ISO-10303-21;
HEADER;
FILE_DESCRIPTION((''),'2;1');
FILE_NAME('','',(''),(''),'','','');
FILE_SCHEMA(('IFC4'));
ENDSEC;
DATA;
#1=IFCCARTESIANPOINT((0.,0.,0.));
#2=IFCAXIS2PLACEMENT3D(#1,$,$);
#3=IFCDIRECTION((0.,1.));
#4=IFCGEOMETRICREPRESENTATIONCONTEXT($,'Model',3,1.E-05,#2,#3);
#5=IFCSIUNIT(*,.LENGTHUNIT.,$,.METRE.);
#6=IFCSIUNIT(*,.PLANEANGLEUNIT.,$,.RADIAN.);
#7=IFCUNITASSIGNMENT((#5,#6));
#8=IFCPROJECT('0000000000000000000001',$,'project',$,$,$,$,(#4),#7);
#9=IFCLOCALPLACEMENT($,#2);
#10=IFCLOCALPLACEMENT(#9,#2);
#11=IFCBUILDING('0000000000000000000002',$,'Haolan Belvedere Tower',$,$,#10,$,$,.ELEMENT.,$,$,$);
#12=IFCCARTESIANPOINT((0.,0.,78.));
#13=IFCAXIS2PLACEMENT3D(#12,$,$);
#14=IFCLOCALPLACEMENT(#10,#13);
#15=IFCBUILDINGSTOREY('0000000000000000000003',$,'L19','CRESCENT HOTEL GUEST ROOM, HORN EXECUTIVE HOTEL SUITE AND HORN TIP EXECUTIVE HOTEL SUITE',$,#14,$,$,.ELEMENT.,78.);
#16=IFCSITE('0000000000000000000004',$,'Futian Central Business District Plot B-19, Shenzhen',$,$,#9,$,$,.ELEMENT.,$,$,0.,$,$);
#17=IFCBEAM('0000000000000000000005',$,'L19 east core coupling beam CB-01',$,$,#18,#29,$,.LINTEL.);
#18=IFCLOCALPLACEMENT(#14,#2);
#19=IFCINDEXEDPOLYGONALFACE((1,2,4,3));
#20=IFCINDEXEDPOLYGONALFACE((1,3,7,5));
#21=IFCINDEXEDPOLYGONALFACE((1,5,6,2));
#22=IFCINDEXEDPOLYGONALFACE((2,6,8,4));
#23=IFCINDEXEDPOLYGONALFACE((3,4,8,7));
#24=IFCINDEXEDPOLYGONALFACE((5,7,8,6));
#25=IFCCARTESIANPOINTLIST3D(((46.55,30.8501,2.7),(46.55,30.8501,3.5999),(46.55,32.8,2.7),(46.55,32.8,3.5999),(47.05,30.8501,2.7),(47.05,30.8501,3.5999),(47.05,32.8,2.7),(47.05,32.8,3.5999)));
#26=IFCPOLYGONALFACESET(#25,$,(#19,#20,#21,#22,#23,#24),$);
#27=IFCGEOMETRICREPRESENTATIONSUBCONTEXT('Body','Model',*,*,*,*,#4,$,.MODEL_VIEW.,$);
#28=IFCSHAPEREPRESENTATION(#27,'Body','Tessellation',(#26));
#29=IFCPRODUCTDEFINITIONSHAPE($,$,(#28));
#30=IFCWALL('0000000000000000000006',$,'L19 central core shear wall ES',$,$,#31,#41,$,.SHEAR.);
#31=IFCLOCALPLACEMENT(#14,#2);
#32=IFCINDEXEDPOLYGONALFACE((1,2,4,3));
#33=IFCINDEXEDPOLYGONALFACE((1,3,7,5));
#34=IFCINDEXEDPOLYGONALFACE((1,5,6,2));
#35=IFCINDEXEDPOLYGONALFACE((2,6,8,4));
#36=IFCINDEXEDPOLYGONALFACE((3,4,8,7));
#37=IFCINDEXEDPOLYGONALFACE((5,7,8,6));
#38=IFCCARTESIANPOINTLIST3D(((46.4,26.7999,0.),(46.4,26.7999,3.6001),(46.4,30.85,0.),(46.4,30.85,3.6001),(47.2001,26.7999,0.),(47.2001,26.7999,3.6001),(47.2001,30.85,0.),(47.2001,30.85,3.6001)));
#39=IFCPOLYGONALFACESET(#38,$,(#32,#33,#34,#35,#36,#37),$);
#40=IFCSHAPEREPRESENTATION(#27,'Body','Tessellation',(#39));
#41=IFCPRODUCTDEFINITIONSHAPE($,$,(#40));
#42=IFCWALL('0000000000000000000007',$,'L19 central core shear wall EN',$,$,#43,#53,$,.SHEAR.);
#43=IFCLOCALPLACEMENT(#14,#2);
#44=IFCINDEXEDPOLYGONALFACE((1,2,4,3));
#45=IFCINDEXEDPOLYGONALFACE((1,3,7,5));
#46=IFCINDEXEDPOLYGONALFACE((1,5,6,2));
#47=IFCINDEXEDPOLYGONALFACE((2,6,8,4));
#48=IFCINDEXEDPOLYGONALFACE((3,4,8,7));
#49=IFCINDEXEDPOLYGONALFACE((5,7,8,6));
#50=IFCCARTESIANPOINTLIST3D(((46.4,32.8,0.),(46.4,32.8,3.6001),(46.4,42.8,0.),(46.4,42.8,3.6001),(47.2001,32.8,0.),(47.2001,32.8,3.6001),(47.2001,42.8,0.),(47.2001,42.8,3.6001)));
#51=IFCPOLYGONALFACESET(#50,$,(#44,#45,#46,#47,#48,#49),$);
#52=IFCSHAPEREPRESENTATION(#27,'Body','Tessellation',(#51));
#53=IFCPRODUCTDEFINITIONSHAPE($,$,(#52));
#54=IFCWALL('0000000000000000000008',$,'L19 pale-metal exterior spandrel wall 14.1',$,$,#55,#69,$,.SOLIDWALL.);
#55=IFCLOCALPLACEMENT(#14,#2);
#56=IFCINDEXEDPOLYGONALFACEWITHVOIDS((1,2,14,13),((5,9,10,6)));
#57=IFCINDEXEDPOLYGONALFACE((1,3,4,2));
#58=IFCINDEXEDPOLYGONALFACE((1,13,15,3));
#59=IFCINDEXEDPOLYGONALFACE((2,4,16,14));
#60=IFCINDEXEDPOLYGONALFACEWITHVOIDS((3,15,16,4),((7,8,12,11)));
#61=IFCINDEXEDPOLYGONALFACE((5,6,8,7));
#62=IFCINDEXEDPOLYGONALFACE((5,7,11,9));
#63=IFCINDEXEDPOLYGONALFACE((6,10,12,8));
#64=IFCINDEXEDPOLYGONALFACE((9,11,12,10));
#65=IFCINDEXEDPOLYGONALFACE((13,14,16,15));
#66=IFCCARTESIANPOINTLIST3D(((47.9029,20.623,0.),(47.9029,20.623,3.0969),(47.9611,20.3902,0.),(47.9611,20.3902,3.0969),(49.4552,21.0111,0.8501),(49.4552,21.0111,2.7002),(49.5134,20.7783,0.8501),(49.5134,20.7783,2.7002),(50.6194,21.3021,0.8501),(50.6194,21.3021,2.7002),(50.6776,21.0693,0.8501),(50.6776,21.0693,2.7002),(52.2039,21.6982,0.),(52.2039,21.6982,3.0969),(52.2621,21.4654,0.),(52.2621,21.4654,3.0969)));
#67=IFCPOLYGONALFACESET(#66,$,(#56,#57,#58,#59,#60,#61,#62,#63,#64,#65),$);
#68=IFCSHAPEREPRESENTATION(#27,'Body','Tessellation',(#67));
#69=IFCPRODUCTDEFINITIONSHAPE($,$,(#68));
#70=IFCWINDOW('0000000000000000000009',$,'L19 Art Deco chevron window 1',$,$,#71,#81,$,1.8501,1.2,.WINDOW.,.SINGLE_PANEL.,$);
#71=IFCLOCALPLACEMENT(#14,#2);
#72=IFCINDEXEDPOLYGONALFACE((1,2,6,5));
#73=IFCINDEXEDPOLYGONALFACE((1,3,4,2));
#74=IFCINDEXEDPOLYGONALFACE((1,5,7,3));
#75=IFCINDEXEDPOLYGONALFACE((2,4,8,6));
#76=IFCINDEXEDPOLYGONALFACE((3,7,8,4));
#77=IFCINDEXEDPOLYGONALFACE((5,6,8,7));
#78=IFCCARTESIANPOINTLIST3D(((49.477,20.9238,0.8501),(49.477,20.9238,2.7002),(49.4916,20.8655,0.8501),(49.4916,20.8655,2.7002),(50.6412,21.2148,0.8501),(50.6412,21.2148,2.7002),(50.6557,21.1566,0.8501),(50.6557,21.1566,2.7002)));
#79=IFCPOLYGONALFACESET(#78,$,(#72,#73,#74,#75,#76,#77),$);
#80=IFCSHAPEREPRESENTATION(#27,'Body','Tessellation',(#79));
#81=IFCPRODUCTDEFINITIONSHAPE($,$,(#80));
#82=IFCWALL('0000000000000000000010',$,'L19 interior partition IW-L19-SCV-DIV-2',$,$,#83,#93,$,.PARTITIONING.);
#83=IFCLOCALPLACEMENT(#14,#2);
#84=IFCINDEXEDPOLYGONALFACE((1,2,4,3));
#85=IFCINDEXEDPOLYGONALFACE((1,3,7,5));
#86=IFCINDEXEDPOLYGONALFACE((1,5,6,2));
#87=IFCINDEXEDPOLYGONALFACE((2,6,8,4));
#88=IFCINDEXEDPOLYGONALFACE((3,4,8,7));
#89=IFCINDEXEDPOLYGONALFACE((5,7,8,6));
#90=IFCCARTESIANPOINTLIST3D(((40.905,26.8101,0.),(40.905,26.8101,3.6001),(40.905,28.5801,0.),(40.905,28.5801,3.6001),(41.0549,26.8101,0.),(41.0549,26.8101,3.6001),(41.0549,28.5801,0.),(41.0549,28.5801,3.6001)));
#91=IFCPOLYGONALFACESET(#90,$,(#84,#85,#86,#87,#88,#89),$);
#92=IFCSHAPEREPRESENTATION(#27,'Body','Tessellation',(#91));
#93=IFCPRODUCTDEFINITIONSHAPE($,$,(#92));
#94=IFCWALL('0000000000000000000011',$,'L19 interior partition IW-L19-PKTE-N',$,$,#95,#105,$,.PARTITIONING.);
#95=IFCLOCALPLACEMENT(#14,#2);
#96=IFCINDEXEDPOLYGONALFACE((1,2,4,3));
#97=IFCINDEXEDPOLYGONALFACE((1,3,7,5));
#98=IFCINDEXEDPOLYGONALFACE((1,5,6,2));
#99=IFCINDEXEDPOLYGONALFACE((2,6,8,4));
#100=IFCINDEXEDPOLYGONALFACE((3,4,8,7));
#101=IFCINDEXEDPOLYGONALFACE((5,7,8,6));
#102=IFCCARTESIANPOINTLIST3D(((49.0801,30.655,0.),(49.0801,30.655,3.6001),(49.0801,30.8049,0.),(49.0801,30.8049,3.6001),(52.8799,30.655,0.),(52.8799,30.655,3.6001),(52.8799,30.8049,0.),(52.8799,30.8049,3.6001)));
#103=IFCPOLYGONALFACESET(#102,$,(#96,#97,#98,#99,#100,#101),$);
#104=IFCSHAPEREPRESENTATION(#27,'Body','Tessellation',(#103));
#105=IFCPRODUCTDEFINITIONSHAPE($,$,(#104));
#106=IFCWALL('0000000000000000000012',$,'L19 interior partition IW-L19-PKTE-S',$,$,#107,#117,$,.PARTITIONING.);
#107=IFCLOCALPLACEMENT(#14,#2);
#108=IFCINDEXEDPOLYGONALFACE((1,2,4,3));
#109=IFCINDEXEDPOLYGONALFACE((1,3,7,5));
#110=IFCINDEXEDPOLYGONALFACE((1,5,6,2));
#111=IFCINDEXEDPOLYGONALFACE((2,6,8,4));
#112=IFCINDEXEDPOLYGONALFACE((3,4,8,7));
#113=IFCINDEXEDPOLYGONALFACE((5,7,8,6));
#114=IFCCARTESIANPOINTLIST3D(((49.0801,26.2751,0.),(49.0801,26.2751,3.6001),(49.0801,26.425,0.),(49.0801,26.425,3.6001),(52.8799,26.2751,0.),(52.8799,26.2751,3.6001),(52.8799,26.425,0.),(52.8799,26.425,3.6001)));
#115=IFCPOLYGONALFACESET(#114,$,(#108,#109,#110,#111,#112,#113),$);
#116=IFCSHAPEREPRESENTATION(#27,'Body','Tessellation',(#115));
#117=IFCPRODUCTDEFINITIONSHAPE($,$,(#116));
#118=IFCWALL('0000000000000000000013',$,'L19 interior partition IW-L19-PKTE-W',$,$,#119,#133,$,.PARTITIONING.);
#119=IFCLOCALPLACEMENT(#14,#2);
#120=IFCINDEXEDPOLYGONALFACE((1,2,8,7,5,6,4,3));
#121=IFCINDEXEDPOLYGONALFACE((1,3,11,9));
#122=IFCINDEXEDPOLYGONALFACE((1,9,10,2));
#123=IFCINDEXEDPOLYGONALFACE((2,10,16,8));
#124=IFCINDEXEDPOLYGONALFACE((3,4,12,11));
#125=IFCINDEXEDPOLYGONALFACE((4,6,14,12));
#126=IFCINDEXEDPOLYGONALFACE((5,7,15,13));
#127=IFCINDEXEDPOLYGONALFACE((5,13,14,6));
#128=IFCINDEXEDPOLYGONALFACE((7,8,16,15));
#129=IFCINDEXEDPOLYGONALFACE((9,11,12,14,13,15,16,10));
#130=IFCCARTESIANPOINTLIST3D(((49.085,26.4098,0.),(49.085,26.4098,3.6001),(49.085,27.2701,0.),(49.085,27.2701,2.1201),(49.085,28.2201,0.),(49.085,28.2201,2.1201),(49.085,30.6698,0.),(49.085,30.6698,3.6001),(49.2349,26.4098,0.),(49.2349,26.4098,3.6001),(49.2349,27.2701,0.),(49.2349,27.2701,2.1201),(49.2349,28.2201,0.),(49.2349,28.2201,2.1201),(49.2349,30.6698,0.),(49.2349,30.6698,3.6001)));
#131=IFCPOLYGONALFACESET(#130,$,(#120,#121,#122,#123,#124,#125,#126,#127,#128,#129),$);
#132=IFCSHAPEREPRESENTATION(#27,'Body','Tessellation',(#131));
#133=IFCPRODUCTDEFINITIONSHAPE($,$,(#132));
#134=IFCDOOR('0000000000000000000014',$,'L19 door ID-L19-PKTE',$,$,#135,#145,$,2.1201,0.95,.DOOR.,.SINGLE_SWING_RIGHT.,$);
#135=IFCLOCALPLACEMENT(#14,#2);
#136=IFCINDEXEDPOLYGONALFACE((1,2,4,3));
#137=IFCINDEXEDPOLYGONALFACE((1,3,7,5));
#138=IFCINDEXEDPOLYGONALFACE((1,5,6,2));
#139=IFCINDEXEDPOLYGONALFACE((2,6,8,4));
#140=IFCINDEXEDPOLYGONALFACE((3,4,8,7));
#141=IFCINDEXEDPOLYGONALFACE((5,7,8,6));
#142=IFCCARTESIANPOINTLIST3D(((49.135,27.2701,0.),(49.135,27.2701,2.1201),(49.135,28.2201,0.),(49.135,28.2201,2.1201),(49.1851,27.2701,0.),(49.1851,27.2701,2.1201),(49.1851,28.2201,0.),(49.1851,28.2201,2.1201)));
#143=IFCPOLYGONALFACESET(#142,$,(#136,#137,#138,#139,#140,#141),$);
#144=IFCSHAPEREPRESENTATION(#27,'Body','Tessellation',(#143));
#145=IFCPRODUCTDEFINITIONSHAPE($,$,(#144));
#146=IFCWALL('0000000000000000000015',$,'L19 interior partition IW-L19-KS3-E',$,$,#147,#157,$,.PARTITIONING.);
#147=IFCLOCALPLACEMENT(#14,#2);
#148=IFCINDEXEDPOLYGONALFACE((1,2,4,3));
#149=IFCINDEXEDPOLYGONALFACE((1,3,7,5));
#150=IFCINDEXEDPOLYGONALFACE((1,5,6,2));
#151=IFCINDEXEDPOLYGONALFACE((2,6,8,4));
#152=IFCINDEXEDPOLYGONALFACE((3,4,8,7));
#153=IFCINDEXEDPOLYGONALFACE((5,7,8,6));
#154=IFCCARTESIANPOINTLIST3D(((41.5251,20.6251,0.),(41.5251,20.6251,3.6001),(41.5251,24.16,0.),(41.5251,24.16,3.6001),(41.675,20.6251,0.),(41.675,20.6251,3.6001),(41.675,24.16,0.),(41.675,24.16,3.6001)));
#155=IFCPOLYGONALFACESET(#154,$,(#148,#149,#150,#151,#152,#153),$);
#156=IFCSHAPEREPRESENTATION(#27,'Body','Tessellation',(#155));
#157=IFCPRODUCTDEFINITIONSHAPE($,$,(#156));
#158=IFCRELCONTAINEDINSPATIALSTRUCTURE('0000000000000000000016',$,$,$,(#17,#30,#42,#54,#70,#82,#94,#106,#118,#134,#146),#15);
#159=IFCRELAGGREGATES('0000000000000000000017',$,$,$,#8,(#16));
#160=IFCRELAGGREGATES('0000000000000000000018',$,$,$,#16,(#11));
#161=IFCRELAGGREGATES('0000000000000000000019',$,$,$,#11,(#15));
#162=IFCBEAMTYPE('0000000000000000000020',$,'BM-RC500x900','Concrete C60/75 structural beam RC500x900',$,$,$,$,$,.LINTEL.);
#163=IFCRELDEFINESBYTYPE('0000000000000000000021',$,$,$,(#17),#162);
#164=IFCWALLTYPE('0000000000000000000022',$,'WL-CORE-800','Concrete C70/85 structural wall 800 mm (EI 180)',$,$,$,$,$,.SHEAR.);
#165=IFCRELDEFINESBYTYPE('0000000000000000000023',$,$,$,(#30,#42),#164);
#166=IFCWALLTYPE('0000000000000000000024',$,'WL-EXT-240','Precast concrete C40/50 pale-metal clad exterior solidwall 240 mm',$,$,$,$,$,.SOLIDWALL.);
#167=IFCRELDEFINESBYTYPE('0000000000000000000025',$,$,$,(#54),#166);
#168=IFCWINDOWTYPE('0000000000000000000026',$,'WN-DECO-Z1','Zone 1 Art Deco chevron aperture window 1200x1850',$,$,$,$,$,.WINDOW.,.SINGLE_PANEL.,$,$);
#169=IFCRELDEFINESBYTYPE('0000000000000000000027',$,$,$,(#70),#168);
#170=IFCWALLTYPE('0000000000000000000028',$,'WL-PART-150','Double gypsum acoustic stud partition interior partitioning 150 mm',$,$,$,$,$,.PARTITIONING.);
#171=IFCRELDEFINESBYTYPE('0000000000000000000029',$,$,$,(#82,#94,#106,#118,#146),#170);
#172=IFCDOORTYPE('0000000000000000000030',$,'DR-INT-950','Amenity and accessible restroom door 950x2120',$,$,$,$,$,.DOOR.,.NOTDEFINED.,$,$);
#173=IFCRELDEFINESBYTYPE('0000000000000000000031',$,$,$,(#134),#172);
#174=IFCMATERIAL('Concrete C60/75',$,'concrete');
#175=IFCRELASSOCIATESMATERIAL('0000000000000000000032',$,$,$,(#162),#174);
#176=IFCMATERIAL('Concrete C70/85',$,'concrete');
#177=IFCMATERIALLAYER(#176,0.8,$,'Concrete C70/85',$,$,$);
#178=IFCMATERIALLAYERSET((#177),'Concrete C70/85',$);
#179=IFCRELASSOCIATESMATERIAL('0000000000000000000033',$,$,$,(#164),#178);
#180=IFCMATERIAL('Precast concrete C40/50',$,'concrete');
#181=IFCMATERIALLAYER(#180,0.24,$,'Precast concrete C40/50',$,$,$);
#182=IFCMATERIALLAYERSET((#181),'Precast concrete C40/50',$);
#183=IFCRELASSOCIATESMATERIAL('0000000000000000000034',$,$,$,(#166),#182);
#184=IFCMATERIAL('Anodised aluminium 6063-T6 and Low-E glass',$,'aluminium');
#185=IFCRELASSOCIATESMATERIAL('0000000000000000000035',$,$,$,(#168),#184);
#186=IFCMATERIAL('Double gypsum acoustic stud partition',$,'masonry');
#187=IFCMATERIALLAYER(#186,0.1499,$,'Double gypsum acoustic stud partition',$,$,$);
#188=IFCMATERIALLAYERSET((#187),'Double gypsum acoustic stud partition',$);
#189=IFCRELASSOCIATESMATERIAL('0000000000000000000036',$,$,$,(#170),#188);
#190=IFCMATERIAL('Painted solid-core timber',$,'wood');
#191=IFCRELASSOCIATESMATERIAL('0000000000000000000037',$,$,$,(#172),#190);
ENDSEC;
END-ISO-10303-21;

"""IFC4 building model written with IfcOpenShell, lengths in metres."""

from ifc_helpers import new_model, si_unit, direction, frame, frame_2d, origin, origin_2d, place, context, subcontext, project, spatial, rectangle, extrude, material, layer, layer_set, material_profile, profile_set, type_object, element, fill, save


model = new_model("IFC4")

# Units and contexts
model_context = context("Model", 3, precision=1e-05, world=origin(), true_north=direction((0.0, 1.0)))
body_context = subcontext(model_context, "Body", "Model", "MODEL_VIEW")
ifc_project = project(units=[si_unit("LENGTHUNIT", "METRE"), si_unit("PLANEANGLEUNIT", "RADIAN")], contexts=[model_context])

# Site, building, storey
site_placement = place(None, origin())
site = spatial("IfcSite", under=ifc_project, at=site_placement, Name="Futian Central Business District Plot B-19, Shenzhen", CompositionType="ELEMENT", RefElevation=0.0)
building_placement = place(site_placement, origin())
building = spatial("IfcBuilding", under=site, at=building_placement, Name="Haolan Belvedere Tower", CompositionType="ELEMENT")
storey_placement = place(building_placement, frame((0.0, 0.0, 78.0)))
storey = spatial("IfcBuildingStorey", under=building, at=storey_placement, Name="L19", Description="CRESCENT HOTEL GUEST ROOM, HORN EXECUTIVE HOTEL SUITE AND HORN TIP EXECUTIVE HOTEL SUITE", CompositionType="ELEMENT", Elevation=78.0)

# Beam
ifc_material_1 = material(Name="Concrete C60/75", Category="concrete")
ifc_material_profile_1 = material_profile(ifc_material_1, rectangle(XDim=0.5, YDim=0.8999, at=origin_2d()), Name="Concrete C60/75")
ifc_profile_set_1 = profile_set([ifc_material_profile_1], Name="Concrete C60/75")
beam_type_1 = type_object("IfcBeamType", Name="BM-RC500x900", Description="Concrete C60/75 structural beam RC500x900", PredefinedType="LINTEL", material=ifc_profile_set_1)
beam_1_placement = place(storey_placement, frame((46.8, 30.8501, 3.1499), z_axis=(0.0, 1.0, 0.0), x_axis=(-1.0, 0.0, 0.0)))
element("IfcBeam", 1, at=beam_1_placement, inside=storey, type_object=beam_type_1, Name="L19 east core coupling beam CB-01", PredefinedType="LINTEL", context=body_context, shape_type="SweptSolid", body=[
    extrude(rectangle(XDim=0.5, YDim=0.8999, at=origin_2d()), origin(), (0.0, 0.0, 1.0), 1.95),
])

# Walls
ifc_material_2 = material(Name="Concrete C70/85", Category="concrete")
ifc_layer_1 = layer(ifc_material_2, 0.8, Name="Concrete C70/85")
ifc_layer_set_1 = layer_set([ifc_layer_1], Name="Concrete C70/85")
wall_type_1 = type_object("IfcWallType", Name="WL-CORE-800", Description="Concrete C70/85 structural wall 800 mm (EI 180)", PredefinedType="SHEAR", material=ifc_layer_set_1)
wall_1_placement = place(storey_placement, frame((46.8, 26.8, 0.0), z_axis=(0.0, 0.0, 1.0), x_axis=(0.0, 1.0, 0.0)))
element("IfcWall", 2, at=wall_1_placement, inside=storey, type_object=wall_type_1, Name="L19 central core shear wall ES", PredefinedType="SHEAR", context=body_context, shape_type="SweptSolid", body=[
    extrude(rectangle(XDim=4.05, YDim=0.8, at=frame_2d((2.0249, 0.0))), origin(), (0.0, 0.0, 1.0), 3.6001),
])
wall_2_placement = place(storey_placement, frame((46.8, 32.8, 0.0), z_axis=(0.0, 0.0, 1.0), x_axis=(0.0, 1.0, 0.0)))
element("IfcWall", 3, at=wall_2_placement, inside=storey, type_object=wall_type_1, Name="L19 central core shear wall EN", PredefinedType="SHEAR", context=body_context, shape_type="SweptSolid", body=[
    extrude(rectangle(XDim=10.0, YDim=0.8, at=frame_2d((5.0, 0.0))), origin(), (0.0, 0.0, 1.0), 3.6001),
])

# Wall, opening, window
ifc_material_3 = material(Name="Precast concrete C40/50", Category="concrete")
ifc_layer_2 = layer(ifc_material_3, 0.24, Name="Precast concrete C40/50")
ifc_layer_set_2 = layer_set([ifc_layer_2], Name="Precast concrete C40/50")
wall_type_2 = type_object("IfcWallType", Name="WL-EXT-240", Description="Precast concrete C40/50 pale-metal clad exterior solidwall 240 mm", PredefinedType="SOLIDWALL", material=ifc_layer_set_2)
wall_3_placement = place(storey_placement, frame((47.9319, 20.5066, 0.0), z_axis=(0.0, 0.0, 1.0), x_axis=(0.970146, 0.242523, 0.0)))
wall_3 = element("IfcWall", 4, at=wall_3_placement, inside=storey, type_object=wall_type_2, Name="L19 pale-metal exterior spandrel wall 14.1", PredefinedType="SOLIDWALL", context=body_context, shape_type="SweptSolid", body=[
    extrude(rectangle(XDim=4.4333, YDim=0.24, at=frame_2d((2.2168, 0.0))), origin(), (0.0, 0.0, 1.0), 3.0969),
])
opening_1_placement = place(wall_3_placement, frame((1.6001, 0.0, 0.8501)))
opening_1 = element("IfcOpeningElement", 5, at=opening_1_placement, cuts=wall_3, PredefinedType="OPENING", context=body_context, shape_type="SweptSolid", body=[
    extrude(rectangle(XDim=1.2, YDim=1.8501, at=frame_2d((0.6001, 0.925))), frame((0.0, 0.1299, 0.0), z_axis=(0.0, -1.0, 0.0), x_axis=(1.0, 0.0, 0.0)), (0.0, 0.0, 1.0), 0.26),
])
ifc_material_4 = material(Name="Anodised aluminium 6063-T6 and Low-E glass", Category="aluminium")
window_type = type_object("IfcWindowType", Name="WN-DECO-Z1", Description="Zone 1 Art Deco chevron aperture window 1200x1850", PartitioningType="SINGLE_PANEL", PredefinedType="WINDOW", material=ifc_material_4)
window_placement = place(opening_1_placement, origin())
window = element("IfcWindow", 6, at=window_placement, inside=storey, type_object=window_type, Name="L19 Art Deco chevron window 1", OverallHeight=1.8501, OverallWidth=1.2, PartitioningType="SINGLE_PANEL", PredefinedType="WINDOW", context=body_context, shape_type="SweptSolid", body=[
    extrude(rectangle(XDim=1.2, YDim=1.8501, at=frame_2d((0.6001, 0.925))), frame((0.0, 0.03, 0.0), z_axis=(0.0, -1.0, 0.0), x_axis=(1.0, 0.0, 0.0)), (0.0, 0.0, 1.0), 0.0601),
])
fill(opening_1, window)

# Walls
ifc_material_5 = material(Name="Double gypsum acoustic stud partition", Category="masonry")
ifc_layer_3 = layer(ifc_material_5, 0.1499, Name="Double gypsum acoustic stud partition")
ifc_layer_set_3 = layer_set([ifc_layer_3], Name="Double gypsum acoustic stud partition")
wall_type_3 = type_object("IfcWallType", Name="WL-PART-150", Description="Double gypsum acoustic stud partition interior partitioning 150 mm", PredefinedType="PARTITIONING", material=ifc_layer_set_3)
wall_4_placement = place(storey_placement, frame((40.98, 26.8101, 0.0), z_axis=(0.0, 0.0, 1.0), x_axis=(0.0, 1.0, 0.0)))
element("IfcWall", 7, at=wall_4_placement, inside=storey, type_object=wall_type_3, Name="L19 interior partition IW-L19-SCV-DIV-2", PredefinedType="PARTITIONING", context=body_context, shape_type="SweptSolid", body=[
    extrude(rectangle(XDim=1.77, YDim=0.1499, at=frame_2d((0.885, 0.0))), origin(), (0.0, 0.0, 1.0), 3.6001),
])
for number, where, z_axis, x_axis, name in (
    (8, (49.0801, 30.73, 0.0), (0.0, 0.0, 1.0), (1.0, 0.0, 0.0), "L19 interior partition IW-L19-PKTE-N"),
    (9, (49.0801, 26.3501, 0.0), (0.0, 0.0, 1.0), (1.0, 0.0, 0.0), "L19 interior partition IW-L19-PKTE-S"),
):
    element("IfcWall", number, at=place(storey_placement, frame(where, z_axis=z_axis, x_axis=x_axis)), inside=storey, type_object=wall_type_3, Name=name, PredefinedType="PARTITIONING", context=body_context, shape_type="SweptSolid", body=[
        extrude(rectangle(XDim=3.7998, YDim=0.1499, at=frame_2d((1.8999, 0.0))), origin(), (0.0, 0.0, 1.0), 3.6001),
    ])

# Wall, opening, door
wall_5_placement = place(storey_placement, frame((49.1599, 26.4099, 0.0), z_axis=(0.0, 0.0, 1.0), x_axis=(0.0, 1.0, 0.0)))
wall_5 = element("IfcWall", 10, at=wall_5_placement, inside=storey, type_object=wall_type_3, Name="L19 interior partition IW-L19-PKTE-W", PredefinedType="PARTITIONING", context=body_context, shape_type="SweptSolid", body=[
    extrude(rectangle(XDim=4.26, YDim=0.1499, at=frame_2d((2.1299, 0.0))), origin(), (0.0, 0.0, 1.0), 3.6001),
])
opening_2_placement = place(wall_5_placement, frame((0.8601, 0.0, 0.0)))
opening_2 = element("IfcOpeningElement", 11, at=opening_2_placement, cuts=wall_5, PredefinedType="OPENING", context=body_context, shape_type="SweptSolid", body=[
    extrude(rectangle(XDim=0.95, YDim=2.1201, at=frame_2d((0.4751, 1.0601))), frame((0.0, 0.085, 0.0), z_axis=(0.0, -1.0, 0.0), x_axis=(1.0, 0.0, 0.0)), (0.0, 0.0, 1.0), 0.1699),
])
ifc_material_6 = material(Name="Painted solid-core timber", Category="wood")
door_type_1 = type_object("IfcDoorType", Name="DR-INT-950", Description="Amenity and accessible restroom door 950x2120", OperationType="NOTDEFINED", PredefinedType="DOOR", material=ifc_material_6)
door_1_placement = place(opening_2_placement, origin())
door_1 = element("IfcDoor", 12, at=door_1_placement, inside=storey, type_object=door_type_1, Name="L19 door ID-L19-PKTE", OperationType="SINGLE_SWING_RIGHT", OverallHeight=2.1201, OverallWidth=0.95, PredefinedType="DOOR", context=body_context, shape_type="SweptSolid", body=[
    extrude(rectangle(XDim=0.95, YDim=2.1201, at=frame_2d((0.4751, 1.0601))), frame((0.0, 0.0249, 0.0), z_axis=(0.0, -1.0, 0.0), x_axis=(1.0, 0.0, 0.0)), (0.0, 0.0, 1.0), 0.05),
])
fill(opening_2, door_1)

# Wall
wall_6_placement = place(storey_placement, frame((41.6001, 20.625, 0.0), z_axis=(0.0, 0.0, 1.0), x_axis=(0.0, 1.0, 0.0)))
element("IfcWall", 13, at=wall_6_placement, inside=storey, type_object=wall_type_3, Name="L19 interior partition IW-L19-KS3-E", PredefinedType="PARTITIONING", context=body_context, shape_type="SweptSolid", body=[
    extrude(rectangle(XDim=3.5349, YDim=0.1499, at=frame_2d((1.7676, 0.0))), origin(), (0.0, 0.0, 1.0), 3.6001),
])

save(model, "model.ifc")
